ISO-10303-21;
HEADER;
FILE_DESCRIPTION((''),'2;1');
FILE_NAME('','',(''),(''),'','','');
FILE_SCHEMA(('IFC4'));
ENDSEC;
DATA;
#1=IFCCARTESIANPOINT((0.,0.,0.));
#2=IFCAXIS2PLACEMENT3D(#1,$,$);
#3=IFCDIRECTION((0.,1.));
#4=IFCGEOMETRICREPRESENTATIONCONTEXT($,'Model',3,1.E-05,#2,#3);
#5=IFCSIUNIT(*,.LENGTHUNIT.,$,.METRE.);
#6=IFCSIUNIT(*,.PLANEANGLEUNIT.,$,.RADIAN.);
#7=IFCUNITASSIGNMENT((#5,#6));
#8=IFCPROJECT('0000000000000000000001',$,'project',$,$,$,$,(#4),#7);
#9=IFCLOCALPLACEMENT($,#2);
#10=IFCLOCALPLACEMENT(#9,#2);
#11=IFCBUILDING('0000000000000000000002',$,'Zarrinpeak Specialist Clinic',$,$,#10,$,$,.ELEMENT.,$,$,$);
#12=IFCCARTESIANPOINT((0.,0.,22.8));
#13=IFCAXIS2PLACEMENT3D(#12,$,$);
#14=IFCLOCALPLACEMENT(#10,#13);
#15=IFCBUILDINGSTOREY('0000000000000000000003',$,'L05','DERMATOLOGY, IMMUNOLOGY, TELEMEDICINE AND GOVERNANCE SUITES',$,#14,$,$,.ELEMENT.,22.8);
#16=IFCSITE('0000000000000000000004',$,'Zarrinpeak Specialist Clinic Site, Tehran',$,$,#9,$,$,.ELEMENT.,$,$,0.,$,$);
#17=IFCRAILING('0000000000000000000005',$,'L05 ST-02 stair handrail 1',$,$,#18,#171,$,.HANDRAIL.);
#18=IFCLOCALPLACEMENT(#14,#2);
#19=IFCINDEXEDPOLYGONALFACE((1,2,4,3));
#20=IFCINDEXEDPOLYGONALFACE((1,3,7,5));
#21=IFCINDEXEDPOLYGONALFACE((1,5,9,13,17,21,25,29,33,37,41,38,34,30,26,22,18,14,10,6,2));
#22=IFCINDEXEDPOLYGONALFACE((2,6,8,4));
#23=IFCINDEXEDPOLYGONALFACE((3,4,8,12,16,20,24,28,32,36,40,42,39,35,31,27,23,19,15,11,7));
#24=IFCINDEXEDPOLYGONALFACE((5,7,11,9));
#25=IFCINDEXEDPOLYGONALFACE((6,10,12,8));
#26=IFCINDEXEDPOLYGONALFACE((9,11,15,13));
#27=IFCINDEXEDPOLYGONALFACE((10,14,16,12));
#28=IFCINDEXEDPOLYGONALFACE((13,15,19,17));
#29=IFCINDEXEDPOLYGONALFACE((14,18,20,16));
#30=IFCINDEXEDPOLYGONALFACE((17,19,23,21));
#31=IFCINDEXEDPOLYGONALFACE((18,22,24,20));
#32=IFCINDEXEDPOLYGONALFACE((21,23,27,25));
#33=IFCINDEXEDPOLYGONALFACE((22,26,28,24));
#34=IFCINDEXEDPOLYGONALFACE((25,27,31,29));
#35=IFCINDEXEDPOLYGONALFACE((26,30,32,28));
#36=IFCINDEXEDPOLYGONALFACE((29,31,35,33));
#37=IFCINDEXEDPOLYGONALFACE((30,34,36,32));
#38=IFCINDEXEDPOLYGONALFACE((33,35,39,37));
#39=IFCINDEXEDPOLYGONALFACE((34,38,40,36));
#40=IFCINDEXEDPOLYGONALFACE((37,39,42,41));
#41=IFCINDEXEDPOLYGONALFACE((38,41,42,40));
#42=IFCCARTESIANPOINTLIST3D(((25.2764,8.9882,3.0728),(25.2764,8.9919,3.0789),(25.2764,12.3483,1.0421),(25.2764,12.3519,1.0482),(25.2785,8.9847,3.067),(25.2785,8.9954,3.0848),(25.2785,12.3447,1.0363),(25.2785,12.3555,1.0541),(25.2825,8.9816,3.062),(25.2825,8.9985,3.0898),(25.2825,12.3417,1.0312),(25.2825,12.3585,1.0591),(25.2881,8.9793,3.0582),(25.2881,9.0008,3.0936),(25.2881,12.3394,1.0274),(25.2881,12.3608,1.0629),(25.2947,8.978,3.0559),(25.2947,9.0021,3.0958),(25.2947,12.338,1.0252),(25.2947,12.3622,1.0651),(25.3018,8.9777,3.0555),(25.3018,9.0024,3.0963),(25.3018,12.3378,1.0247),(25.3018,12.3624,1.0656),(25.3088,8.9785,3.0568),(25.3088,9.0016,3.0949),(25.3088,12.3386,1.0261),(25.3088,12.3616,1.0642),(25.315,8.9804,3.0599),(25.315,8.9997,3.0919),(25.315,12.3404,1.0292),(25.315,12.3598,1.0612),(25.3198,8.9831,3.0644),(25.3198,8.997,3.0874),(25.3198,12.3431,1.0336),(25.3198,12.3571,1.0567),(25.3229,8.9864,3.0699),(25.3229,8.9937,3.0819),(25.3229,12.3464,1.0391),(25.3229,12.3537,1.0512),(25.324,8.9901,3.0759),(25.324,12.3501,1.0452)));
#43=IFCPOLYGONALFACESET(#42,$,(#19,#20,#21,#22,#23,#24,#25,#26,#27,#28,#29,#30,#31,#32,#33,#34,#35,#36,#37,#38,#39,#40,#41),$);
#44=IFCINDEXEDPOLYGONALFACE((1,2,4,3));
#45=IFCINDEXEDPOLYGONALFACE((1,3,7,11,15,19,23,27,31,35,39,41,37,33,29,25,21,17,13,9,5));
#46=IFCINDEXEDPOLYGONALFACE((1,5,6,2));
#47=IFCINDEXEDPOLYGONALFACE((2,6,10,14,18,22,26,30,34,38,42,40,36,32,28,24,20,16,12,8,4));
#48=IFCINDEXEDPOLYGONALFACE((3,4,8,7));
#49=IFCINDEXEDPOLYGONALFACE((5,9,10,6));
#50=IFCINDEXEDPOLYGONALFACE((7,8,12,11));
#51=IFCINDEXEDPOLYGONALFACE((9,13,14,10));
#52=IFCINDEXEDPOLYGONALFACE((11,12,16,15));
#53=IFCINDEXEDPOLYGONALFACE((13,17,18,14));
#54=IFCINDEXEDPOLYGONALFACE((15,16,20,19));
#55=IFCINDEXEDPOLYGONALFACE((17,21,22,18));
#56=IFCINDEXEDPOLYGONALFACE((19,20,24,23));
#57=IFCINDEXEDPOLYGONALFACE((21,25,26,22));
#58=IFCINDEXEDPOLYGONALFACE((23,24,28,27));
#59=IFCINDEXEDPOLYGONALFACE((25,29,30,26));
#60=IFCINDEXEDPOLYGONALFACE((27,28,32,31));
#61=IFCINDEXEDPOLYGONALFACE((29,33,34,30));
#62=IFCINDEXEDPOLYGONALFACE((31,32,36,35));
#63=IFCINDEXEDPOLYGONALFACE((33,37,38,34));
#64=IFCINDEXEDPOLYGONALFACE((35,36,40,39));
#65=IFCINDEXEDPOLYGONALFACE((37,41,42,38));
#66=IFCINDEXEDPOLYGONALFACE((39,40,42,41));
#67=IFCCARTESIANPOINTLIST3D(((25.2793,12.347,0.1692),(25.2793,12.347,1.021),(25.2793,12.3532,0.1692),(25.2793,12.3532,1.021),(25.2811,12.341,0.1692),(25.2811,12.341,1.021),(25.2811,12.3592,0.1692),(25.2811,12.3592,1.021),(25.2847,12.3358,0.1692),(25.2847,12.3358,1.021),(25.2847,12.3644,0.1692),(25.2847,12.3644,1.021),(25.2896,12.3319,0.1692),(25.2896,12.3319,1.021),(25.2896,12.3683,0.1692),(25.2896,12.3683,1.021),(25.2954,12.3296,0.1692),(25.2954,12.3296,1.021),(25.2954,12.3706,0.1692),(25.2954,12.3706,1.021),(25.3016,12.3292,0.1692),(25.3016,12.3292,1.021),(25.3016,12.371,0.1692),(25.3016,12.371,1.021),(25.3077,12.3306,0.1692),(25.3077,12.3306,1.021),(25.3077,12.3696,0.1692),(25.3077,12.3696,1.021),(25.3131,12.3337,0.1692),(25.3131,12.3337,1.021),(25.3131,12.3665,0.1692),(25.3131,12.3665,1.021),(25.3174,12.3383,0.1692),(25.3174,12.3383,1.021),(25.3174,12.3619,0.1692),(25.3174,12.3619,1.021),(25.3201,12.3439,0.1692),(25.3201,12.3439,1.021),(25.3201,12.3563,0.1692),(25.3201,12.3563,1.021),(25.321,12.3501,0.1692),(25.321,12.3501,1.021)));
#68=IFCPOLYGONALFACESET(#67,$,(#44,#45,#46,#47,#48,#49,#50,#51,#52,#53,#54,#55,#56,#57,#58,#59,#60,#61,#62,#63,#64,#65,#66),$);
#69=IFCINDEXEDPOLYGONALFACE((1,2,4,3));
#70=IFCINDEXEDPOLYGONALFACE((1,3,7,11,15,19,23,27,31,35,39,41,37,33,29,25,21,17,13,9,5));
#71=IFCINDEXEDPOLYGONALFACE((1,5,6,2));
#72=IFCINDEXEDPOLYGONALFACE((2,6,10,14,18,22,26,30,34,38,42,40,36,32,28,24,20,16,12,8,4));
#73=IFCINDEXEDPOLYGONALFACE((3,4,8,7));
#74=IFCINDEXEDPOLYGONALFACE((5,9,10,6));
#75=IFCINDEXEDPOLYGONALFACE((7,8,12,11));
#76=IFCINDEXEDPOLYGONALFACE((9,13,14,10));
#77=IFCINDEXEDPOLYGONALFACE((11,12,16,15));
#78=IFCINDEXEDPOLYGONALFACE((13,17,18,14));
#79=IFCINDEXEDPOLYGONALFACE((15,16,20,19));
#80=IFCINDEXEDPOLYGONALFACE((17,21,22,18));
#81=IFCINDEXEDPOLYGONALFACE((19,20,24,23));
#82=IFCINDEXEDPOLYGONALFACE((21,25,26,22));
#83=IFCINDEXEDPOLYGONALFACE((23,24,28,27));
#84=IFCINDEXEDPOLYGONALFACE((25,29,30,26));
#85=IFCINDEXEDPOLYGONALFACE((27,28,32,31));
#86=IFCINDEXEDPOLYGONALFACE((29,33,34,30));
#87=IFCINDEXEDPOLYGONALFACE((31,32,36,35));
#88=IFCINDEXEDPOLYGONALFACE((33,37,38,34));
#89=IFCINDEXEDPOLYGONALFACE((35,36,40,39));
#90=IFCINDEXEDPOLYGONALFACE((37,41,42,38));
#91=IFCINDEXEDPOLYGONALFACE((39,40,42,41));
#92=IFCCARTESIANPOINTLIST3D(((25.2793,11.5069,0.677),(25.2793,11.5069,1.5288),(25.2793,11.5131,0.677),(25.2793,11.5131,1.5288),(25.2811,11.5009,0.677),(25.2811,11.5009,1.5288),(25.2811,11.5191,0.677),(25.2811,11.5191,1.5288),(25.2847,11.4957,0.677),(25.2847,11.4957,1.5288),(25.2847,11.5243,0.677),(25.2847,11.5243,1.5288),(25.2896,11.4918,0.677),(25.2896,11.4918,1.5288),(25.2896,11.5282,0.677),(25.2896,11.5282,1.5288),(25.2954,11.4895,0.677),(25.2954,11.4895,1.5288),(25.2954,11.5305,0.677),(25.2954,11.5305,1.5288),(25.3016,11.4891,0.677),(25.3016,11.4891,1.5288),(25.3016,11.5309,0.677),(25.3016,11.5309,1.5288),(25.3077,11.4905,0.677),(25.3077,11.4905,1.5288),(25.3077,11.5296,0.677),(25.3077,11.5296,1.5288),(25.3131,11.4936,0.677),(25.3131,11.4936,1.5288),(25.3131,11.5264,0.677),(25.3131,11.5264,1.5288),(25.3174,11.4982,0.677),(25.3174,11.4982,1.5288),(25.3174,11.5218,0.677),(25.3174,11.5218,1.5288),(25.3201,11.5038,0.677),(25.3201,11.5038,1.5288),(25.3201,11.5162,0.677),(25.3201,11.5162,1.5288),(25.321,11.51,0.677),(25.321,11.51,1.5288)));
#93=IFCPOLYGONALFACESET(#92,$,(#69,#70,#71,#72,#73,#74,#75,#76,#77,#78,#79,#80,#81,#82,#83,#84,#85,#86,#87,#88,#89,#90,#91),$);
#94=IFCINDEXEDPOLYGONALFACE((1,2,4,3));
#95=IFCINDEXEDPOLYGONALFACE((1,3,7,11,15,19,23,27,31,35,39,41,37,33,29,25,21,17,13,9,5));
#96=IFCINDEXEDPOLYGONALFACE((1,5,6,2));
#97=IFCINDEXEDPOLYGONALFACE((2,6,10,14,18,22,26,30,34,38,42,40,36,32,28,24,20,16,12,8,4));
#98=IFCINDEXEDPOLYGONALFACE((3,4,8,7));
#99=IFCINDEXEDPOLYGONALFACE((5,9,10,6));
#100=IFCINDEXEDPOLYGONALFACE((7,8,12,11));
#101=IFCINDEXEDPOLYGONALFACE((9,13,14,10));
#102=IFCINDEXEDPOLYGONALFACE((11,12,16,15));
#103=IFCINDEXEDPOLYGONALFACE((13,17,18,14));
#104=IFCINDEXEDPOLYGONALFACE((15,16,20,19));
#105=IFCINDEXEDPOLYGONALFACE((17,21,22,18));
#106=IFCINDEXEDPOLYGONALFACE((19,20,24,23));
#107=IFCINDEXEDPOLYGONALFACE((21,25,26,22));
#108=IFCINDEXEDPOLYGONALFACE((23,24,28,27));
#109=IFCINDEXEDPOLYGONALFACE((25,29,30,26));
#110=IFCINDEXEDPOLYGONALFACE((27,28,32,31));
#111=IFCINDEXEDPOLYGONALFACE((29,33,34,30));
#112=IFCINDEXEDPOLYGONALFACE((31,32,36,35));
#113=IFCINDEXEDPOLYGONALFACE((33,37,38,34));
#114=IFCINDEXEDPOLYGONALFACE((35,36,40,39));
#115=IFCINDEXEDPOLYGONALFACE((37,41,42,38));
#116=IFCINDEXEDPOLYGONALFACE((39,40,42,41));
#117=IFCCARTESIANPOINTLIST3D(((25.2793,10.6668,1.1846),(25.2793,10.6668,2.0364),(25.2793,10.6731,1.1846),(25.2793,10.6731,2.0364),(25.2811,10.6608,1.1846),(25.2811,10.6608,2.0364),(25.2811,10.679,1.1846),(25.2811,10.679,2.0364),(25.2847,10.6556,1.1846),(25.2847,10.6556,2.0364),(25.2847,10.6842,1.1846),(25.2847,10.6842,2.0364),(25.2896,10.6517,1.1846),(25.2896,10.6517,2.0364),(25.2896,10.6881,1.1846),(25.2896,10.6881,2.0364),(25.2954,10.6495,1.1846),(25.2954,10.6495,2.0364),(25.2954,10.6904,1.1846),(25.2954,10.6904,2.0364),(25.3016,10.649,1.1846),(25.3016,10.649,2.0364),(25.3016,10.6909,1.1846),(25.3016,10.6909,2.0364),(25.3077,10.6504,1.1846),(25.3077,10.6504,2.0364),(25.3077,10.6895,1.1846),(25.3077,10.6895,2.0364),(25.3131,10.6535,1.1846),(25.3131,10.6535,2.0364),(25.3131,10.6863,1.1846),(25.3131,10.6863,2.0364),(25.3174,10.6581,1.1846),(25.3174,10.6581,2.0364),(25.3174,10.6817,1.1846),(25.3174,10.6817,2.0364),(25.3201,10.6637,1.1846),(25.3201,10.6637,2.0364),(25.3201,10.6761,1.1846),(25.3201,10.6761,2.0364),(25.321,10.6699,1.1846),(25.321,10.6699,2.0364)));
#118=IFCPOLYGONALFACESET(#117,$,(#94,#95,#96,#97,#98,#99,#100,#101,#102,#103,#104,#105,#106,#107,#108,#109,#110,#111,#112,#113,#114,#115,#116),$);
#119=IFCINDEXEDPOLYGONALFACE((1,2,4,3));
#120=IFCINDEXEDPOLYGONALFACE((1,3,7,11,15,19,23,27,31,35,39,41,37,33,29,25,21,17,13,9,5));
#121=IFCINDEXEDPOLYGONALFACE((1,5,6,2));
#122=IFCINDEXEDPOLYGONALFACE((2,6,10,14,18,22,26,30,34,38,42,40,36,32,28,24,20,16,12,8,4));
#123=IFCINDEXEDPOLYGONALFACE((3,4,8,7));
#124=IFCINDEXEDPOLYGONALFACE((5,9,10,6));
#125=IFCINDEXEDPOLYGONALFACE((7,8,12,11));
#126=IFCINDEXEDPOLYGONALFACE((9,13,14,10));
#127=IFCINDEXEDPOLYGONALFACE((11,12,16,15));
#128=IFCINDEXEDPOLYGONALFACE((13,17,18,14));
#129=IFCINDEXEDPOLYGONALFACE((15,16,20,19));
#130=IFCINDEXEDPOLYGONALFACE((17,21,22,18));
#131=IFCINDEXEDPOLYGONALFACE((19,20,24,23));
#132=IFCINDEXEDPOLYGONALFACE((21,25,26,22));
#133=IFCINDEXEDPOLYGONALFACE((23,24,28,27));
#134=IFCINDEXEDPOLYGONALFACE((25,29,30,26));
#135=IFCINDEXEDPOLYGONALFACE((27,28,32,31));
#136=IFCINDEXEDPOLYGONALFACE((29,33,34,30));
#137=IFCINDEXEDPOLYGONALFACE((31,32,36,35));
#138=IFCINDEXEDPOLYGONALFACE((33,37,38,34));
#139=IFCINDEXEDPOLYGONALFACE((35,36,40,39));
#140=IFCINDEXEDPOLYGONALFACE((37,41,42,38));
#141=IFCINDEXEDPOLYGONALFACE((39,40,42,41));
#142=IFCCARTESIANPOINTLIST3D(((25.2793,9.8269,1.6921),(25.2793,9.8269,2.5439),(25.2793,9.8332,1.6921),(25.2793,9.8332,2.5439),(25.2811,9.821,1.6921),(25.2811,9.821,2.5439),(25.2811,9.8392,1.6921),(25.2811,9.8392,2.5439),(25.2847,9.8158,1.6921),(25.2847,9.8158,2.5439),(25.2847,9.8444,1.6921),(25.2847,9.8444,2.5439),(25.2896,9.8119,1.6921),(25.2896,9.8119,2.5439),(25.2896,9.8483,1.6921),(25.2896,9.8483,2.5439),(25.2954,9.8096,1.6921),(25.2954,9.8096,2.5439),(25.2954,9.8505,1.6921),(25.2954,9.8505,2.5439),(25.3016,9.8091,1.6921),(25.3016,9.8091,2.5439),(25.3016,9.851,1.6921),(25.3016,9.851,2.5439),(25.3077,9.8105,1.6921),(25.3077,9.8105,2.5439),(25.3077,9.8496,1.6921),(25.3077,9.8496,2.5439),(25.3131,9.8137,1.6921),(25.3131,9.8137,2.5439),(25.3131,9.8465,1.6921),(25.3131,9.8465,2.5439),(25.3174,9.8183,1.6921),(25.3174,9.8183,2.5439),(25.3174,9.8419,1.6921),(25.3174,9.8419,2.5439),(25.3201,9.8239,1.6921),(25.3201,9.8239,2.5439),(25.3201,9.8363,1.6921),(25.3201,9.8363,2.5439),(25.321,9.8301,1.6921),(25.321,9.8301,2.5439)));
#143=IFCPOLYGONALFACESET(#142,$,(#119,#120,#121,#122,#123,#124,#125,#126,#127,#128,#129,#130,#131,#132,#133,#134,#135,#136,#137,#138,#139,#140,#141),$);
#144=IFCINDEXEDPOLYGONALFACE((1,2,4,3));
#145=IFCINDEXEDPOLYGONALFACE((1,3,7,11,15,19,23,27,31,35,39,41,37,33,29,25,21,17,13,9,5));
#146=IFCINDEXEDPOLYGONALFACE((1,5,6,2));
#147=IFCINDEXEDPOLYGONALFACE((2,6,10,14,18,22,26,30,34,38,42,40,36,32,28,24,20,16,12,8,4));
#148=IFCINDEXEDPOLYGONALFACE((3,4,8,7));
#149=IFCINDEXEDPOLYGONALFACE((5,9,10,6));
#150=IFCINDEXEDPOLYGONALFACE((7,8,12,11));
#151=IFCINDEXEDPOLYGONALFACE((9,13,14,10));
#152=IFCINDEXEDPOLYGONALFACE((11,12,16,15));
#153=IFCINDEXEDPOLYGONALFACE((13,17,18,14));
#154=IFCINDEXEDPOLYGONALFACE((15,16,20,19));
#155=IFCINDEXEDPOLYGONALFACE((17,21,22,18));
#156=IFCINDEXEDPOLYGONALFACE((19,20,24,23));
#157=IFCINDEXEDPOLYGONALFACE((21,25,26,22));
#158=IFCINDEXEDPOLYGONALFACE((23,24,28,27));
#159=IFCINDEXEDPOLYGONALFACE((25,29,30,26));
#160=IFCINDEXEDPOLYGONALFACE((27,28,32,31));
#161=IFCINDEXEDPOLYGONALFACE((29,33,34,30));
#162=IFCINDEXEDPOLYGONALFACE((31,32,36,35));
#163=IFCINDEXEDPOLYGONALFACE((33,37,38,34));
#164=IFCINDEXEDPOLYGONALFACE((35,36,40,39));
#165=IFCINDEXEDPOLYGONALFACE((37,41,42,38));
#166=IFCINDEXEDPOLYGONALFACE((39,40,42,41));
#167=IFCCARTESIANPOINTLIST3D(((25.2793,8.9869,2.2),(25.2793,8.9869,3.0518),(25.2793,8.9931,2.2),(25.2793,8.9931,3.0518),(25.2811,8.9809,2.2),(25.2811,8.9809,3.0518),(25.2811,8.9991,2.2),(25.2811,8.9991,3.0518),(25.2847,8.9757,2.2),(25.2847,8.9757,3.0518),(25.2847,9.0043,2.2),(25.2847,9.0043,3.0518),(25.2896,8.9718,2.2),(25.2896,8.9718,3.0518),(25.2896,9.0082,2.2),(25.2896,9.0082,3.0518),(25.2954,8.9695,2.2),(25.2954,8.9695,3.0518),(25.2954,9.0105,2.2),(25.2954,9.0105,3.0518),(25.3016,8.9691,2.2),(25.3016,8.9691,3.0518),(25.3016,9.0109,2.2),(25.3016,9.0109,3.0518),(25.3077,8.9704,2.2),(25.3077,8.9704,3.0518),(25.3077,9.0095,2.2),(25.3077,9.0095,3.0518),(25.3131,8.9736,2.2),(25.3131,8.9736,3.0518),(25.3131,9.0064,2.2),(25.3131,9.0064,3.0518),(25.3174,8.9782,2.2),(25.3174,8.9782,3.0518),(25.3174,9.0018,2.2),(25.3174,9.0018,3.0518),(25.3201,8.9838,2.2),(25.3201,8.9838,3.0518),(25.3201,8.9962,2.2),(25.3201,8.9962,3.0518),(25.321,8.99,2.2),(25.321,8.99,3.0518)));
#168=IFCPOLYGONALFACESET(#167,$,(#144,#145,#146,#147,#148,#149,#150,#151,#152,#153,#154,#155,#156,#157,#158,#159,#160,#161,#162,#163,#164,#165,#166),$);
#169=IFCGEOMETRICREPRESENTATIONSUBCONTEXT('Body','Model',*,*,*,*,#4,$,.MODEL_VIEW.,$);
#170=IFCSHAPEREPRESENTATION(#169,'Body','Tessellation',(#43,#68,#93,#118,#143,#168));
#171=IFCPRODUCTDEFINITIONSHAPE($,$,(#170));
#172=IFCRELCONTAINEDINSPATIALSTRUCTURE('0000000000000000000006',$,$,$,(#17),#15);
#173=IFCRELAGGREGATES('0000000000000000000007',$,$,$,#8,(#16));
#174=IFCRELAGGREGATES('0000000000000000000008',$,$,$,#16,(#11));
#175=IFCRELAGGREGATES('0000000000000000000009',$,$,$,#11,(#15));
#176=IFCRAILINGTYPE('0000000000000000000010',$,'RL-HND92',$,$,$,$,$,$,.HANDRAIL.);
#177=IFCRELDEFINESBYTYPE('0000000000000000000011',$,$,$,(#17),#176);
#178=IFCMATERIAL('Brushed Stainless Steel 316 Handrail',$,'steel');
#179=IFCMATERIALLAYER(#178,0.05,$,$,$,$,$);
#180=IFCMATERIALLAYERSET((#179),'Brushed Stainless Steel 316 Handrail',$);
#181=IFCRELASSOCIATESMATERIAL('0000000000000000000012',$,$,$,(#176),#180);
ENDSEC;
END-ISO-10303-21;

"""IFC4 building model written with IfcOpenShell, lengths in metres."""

from ifc_helpers import new_model, si_unit, direction, frame, origin, origin_2d, place, context, subcontext, project, spatial, circle, extrude, material, layer, layer_set, type_object, element, save


model = new_model("IFC4")

# Units and contexts
model_context = context("Model", 3, precision=1e-05, world=origin(), true_north=direction((0.0, 1.0)))
body_context = subcontext(model_context, "Body", "Model", "MODEL_VIEW")
ifc_project = project(units=[si_unit("LENGTHUNIT", "METRE"), si_unit("PLANEANGLEUNIT", "RADIAN")], contexts=[model_context])

# Site, building, storey
site_placement = place(None, origin())
site = spatial("IfcSite", under=ifc_project, at=site_placement, Name="Zarrinpeak Specialist Clinic Site, Tehran", CompositionType="ELEMENT", RefElevation=0.0)
building_placement = place(site_placement, origin())
building = spatial("IfcBuilding", under=site, at=building_placement, Name="Zarrinpeak Specialist Clinic", CompositionType="ELEMENT")
storey_placement = place(building_placement, frame((0.0, 0.0, 22.8)))
storey = spatial("IfcBuildingStorey", under=building, at=storey_placement, Name="L05", Description="DERMATOLOGY, IMMUNOLOGY, TELEMEDICINE AND GOVERNANCE SUITES", CompositionType="ELEMENT", Elevation=22.8)

# Railing
ifc_material_1 = material(Name="Brushed Stainless Steel 316 Handrail", Category="steel")
ifc_layer_1 = layer(ifc_material_1, 0.05)
ifc_layer_set_1 = layer_set([ifc_layer_1], Name="Brushed Stainless Steel 316 Handrail")
railing_type_1 = type_object("IfcRailingType", Name="RL-HND92", PredefinedType="HANDRAIL", material=ifc_layer_set_1)
railing_1_placement = place(storey_placement, frame((25.3, 12.3501, 0.1692)))
element("IfcRailing", 1, at=railing_1_placement, inside=storey, type_object=railing_type_1, Name="L05 ST-02 stair handrail 1", PredefinedType="HANDRAIL", context=body_context, shape_type="SweptSolid", body=[
    extrude(circle(Radius=0.0239, at=origin_2d()), frame((0.0, 0.0, 0.876), z_axis=(0.0, -0.855837, 0.517246), x_axis=(1.0, 0.0, 0.0)), (0.0, 0.0, 1.0), 3.926),
    extrude(circle(Radius=0.021, at=origin_2d()), origin(), (0.0, 0.0, 1.0), 0.8518),
    extrude(circle(Radius=0.021, at=origin_2d()), frame((0.0, -0.8401, 0.5078)), (0.0, 0.0, 1.0), 0.8518),
    extrude(circle(Radius=0.021, at=origin_2d()), frame((0.0, -1.6802, 1.0154)), (0.0, 0.0, 1.0), 0.8518),
    extrude(circle(Radius=0.021, at=origin_2d()), frame((0.0, -2.52, 1.5229)), (0.0, 0.0, 1.0), 0.8518),
    extrude(circle(Radius=0.021, at=origin_2d()), frame((0.0, -3.3601, 2.0308)), (0.0, 0.0, 1.0), 0.8518),
])

save(model, "model.ifc")
